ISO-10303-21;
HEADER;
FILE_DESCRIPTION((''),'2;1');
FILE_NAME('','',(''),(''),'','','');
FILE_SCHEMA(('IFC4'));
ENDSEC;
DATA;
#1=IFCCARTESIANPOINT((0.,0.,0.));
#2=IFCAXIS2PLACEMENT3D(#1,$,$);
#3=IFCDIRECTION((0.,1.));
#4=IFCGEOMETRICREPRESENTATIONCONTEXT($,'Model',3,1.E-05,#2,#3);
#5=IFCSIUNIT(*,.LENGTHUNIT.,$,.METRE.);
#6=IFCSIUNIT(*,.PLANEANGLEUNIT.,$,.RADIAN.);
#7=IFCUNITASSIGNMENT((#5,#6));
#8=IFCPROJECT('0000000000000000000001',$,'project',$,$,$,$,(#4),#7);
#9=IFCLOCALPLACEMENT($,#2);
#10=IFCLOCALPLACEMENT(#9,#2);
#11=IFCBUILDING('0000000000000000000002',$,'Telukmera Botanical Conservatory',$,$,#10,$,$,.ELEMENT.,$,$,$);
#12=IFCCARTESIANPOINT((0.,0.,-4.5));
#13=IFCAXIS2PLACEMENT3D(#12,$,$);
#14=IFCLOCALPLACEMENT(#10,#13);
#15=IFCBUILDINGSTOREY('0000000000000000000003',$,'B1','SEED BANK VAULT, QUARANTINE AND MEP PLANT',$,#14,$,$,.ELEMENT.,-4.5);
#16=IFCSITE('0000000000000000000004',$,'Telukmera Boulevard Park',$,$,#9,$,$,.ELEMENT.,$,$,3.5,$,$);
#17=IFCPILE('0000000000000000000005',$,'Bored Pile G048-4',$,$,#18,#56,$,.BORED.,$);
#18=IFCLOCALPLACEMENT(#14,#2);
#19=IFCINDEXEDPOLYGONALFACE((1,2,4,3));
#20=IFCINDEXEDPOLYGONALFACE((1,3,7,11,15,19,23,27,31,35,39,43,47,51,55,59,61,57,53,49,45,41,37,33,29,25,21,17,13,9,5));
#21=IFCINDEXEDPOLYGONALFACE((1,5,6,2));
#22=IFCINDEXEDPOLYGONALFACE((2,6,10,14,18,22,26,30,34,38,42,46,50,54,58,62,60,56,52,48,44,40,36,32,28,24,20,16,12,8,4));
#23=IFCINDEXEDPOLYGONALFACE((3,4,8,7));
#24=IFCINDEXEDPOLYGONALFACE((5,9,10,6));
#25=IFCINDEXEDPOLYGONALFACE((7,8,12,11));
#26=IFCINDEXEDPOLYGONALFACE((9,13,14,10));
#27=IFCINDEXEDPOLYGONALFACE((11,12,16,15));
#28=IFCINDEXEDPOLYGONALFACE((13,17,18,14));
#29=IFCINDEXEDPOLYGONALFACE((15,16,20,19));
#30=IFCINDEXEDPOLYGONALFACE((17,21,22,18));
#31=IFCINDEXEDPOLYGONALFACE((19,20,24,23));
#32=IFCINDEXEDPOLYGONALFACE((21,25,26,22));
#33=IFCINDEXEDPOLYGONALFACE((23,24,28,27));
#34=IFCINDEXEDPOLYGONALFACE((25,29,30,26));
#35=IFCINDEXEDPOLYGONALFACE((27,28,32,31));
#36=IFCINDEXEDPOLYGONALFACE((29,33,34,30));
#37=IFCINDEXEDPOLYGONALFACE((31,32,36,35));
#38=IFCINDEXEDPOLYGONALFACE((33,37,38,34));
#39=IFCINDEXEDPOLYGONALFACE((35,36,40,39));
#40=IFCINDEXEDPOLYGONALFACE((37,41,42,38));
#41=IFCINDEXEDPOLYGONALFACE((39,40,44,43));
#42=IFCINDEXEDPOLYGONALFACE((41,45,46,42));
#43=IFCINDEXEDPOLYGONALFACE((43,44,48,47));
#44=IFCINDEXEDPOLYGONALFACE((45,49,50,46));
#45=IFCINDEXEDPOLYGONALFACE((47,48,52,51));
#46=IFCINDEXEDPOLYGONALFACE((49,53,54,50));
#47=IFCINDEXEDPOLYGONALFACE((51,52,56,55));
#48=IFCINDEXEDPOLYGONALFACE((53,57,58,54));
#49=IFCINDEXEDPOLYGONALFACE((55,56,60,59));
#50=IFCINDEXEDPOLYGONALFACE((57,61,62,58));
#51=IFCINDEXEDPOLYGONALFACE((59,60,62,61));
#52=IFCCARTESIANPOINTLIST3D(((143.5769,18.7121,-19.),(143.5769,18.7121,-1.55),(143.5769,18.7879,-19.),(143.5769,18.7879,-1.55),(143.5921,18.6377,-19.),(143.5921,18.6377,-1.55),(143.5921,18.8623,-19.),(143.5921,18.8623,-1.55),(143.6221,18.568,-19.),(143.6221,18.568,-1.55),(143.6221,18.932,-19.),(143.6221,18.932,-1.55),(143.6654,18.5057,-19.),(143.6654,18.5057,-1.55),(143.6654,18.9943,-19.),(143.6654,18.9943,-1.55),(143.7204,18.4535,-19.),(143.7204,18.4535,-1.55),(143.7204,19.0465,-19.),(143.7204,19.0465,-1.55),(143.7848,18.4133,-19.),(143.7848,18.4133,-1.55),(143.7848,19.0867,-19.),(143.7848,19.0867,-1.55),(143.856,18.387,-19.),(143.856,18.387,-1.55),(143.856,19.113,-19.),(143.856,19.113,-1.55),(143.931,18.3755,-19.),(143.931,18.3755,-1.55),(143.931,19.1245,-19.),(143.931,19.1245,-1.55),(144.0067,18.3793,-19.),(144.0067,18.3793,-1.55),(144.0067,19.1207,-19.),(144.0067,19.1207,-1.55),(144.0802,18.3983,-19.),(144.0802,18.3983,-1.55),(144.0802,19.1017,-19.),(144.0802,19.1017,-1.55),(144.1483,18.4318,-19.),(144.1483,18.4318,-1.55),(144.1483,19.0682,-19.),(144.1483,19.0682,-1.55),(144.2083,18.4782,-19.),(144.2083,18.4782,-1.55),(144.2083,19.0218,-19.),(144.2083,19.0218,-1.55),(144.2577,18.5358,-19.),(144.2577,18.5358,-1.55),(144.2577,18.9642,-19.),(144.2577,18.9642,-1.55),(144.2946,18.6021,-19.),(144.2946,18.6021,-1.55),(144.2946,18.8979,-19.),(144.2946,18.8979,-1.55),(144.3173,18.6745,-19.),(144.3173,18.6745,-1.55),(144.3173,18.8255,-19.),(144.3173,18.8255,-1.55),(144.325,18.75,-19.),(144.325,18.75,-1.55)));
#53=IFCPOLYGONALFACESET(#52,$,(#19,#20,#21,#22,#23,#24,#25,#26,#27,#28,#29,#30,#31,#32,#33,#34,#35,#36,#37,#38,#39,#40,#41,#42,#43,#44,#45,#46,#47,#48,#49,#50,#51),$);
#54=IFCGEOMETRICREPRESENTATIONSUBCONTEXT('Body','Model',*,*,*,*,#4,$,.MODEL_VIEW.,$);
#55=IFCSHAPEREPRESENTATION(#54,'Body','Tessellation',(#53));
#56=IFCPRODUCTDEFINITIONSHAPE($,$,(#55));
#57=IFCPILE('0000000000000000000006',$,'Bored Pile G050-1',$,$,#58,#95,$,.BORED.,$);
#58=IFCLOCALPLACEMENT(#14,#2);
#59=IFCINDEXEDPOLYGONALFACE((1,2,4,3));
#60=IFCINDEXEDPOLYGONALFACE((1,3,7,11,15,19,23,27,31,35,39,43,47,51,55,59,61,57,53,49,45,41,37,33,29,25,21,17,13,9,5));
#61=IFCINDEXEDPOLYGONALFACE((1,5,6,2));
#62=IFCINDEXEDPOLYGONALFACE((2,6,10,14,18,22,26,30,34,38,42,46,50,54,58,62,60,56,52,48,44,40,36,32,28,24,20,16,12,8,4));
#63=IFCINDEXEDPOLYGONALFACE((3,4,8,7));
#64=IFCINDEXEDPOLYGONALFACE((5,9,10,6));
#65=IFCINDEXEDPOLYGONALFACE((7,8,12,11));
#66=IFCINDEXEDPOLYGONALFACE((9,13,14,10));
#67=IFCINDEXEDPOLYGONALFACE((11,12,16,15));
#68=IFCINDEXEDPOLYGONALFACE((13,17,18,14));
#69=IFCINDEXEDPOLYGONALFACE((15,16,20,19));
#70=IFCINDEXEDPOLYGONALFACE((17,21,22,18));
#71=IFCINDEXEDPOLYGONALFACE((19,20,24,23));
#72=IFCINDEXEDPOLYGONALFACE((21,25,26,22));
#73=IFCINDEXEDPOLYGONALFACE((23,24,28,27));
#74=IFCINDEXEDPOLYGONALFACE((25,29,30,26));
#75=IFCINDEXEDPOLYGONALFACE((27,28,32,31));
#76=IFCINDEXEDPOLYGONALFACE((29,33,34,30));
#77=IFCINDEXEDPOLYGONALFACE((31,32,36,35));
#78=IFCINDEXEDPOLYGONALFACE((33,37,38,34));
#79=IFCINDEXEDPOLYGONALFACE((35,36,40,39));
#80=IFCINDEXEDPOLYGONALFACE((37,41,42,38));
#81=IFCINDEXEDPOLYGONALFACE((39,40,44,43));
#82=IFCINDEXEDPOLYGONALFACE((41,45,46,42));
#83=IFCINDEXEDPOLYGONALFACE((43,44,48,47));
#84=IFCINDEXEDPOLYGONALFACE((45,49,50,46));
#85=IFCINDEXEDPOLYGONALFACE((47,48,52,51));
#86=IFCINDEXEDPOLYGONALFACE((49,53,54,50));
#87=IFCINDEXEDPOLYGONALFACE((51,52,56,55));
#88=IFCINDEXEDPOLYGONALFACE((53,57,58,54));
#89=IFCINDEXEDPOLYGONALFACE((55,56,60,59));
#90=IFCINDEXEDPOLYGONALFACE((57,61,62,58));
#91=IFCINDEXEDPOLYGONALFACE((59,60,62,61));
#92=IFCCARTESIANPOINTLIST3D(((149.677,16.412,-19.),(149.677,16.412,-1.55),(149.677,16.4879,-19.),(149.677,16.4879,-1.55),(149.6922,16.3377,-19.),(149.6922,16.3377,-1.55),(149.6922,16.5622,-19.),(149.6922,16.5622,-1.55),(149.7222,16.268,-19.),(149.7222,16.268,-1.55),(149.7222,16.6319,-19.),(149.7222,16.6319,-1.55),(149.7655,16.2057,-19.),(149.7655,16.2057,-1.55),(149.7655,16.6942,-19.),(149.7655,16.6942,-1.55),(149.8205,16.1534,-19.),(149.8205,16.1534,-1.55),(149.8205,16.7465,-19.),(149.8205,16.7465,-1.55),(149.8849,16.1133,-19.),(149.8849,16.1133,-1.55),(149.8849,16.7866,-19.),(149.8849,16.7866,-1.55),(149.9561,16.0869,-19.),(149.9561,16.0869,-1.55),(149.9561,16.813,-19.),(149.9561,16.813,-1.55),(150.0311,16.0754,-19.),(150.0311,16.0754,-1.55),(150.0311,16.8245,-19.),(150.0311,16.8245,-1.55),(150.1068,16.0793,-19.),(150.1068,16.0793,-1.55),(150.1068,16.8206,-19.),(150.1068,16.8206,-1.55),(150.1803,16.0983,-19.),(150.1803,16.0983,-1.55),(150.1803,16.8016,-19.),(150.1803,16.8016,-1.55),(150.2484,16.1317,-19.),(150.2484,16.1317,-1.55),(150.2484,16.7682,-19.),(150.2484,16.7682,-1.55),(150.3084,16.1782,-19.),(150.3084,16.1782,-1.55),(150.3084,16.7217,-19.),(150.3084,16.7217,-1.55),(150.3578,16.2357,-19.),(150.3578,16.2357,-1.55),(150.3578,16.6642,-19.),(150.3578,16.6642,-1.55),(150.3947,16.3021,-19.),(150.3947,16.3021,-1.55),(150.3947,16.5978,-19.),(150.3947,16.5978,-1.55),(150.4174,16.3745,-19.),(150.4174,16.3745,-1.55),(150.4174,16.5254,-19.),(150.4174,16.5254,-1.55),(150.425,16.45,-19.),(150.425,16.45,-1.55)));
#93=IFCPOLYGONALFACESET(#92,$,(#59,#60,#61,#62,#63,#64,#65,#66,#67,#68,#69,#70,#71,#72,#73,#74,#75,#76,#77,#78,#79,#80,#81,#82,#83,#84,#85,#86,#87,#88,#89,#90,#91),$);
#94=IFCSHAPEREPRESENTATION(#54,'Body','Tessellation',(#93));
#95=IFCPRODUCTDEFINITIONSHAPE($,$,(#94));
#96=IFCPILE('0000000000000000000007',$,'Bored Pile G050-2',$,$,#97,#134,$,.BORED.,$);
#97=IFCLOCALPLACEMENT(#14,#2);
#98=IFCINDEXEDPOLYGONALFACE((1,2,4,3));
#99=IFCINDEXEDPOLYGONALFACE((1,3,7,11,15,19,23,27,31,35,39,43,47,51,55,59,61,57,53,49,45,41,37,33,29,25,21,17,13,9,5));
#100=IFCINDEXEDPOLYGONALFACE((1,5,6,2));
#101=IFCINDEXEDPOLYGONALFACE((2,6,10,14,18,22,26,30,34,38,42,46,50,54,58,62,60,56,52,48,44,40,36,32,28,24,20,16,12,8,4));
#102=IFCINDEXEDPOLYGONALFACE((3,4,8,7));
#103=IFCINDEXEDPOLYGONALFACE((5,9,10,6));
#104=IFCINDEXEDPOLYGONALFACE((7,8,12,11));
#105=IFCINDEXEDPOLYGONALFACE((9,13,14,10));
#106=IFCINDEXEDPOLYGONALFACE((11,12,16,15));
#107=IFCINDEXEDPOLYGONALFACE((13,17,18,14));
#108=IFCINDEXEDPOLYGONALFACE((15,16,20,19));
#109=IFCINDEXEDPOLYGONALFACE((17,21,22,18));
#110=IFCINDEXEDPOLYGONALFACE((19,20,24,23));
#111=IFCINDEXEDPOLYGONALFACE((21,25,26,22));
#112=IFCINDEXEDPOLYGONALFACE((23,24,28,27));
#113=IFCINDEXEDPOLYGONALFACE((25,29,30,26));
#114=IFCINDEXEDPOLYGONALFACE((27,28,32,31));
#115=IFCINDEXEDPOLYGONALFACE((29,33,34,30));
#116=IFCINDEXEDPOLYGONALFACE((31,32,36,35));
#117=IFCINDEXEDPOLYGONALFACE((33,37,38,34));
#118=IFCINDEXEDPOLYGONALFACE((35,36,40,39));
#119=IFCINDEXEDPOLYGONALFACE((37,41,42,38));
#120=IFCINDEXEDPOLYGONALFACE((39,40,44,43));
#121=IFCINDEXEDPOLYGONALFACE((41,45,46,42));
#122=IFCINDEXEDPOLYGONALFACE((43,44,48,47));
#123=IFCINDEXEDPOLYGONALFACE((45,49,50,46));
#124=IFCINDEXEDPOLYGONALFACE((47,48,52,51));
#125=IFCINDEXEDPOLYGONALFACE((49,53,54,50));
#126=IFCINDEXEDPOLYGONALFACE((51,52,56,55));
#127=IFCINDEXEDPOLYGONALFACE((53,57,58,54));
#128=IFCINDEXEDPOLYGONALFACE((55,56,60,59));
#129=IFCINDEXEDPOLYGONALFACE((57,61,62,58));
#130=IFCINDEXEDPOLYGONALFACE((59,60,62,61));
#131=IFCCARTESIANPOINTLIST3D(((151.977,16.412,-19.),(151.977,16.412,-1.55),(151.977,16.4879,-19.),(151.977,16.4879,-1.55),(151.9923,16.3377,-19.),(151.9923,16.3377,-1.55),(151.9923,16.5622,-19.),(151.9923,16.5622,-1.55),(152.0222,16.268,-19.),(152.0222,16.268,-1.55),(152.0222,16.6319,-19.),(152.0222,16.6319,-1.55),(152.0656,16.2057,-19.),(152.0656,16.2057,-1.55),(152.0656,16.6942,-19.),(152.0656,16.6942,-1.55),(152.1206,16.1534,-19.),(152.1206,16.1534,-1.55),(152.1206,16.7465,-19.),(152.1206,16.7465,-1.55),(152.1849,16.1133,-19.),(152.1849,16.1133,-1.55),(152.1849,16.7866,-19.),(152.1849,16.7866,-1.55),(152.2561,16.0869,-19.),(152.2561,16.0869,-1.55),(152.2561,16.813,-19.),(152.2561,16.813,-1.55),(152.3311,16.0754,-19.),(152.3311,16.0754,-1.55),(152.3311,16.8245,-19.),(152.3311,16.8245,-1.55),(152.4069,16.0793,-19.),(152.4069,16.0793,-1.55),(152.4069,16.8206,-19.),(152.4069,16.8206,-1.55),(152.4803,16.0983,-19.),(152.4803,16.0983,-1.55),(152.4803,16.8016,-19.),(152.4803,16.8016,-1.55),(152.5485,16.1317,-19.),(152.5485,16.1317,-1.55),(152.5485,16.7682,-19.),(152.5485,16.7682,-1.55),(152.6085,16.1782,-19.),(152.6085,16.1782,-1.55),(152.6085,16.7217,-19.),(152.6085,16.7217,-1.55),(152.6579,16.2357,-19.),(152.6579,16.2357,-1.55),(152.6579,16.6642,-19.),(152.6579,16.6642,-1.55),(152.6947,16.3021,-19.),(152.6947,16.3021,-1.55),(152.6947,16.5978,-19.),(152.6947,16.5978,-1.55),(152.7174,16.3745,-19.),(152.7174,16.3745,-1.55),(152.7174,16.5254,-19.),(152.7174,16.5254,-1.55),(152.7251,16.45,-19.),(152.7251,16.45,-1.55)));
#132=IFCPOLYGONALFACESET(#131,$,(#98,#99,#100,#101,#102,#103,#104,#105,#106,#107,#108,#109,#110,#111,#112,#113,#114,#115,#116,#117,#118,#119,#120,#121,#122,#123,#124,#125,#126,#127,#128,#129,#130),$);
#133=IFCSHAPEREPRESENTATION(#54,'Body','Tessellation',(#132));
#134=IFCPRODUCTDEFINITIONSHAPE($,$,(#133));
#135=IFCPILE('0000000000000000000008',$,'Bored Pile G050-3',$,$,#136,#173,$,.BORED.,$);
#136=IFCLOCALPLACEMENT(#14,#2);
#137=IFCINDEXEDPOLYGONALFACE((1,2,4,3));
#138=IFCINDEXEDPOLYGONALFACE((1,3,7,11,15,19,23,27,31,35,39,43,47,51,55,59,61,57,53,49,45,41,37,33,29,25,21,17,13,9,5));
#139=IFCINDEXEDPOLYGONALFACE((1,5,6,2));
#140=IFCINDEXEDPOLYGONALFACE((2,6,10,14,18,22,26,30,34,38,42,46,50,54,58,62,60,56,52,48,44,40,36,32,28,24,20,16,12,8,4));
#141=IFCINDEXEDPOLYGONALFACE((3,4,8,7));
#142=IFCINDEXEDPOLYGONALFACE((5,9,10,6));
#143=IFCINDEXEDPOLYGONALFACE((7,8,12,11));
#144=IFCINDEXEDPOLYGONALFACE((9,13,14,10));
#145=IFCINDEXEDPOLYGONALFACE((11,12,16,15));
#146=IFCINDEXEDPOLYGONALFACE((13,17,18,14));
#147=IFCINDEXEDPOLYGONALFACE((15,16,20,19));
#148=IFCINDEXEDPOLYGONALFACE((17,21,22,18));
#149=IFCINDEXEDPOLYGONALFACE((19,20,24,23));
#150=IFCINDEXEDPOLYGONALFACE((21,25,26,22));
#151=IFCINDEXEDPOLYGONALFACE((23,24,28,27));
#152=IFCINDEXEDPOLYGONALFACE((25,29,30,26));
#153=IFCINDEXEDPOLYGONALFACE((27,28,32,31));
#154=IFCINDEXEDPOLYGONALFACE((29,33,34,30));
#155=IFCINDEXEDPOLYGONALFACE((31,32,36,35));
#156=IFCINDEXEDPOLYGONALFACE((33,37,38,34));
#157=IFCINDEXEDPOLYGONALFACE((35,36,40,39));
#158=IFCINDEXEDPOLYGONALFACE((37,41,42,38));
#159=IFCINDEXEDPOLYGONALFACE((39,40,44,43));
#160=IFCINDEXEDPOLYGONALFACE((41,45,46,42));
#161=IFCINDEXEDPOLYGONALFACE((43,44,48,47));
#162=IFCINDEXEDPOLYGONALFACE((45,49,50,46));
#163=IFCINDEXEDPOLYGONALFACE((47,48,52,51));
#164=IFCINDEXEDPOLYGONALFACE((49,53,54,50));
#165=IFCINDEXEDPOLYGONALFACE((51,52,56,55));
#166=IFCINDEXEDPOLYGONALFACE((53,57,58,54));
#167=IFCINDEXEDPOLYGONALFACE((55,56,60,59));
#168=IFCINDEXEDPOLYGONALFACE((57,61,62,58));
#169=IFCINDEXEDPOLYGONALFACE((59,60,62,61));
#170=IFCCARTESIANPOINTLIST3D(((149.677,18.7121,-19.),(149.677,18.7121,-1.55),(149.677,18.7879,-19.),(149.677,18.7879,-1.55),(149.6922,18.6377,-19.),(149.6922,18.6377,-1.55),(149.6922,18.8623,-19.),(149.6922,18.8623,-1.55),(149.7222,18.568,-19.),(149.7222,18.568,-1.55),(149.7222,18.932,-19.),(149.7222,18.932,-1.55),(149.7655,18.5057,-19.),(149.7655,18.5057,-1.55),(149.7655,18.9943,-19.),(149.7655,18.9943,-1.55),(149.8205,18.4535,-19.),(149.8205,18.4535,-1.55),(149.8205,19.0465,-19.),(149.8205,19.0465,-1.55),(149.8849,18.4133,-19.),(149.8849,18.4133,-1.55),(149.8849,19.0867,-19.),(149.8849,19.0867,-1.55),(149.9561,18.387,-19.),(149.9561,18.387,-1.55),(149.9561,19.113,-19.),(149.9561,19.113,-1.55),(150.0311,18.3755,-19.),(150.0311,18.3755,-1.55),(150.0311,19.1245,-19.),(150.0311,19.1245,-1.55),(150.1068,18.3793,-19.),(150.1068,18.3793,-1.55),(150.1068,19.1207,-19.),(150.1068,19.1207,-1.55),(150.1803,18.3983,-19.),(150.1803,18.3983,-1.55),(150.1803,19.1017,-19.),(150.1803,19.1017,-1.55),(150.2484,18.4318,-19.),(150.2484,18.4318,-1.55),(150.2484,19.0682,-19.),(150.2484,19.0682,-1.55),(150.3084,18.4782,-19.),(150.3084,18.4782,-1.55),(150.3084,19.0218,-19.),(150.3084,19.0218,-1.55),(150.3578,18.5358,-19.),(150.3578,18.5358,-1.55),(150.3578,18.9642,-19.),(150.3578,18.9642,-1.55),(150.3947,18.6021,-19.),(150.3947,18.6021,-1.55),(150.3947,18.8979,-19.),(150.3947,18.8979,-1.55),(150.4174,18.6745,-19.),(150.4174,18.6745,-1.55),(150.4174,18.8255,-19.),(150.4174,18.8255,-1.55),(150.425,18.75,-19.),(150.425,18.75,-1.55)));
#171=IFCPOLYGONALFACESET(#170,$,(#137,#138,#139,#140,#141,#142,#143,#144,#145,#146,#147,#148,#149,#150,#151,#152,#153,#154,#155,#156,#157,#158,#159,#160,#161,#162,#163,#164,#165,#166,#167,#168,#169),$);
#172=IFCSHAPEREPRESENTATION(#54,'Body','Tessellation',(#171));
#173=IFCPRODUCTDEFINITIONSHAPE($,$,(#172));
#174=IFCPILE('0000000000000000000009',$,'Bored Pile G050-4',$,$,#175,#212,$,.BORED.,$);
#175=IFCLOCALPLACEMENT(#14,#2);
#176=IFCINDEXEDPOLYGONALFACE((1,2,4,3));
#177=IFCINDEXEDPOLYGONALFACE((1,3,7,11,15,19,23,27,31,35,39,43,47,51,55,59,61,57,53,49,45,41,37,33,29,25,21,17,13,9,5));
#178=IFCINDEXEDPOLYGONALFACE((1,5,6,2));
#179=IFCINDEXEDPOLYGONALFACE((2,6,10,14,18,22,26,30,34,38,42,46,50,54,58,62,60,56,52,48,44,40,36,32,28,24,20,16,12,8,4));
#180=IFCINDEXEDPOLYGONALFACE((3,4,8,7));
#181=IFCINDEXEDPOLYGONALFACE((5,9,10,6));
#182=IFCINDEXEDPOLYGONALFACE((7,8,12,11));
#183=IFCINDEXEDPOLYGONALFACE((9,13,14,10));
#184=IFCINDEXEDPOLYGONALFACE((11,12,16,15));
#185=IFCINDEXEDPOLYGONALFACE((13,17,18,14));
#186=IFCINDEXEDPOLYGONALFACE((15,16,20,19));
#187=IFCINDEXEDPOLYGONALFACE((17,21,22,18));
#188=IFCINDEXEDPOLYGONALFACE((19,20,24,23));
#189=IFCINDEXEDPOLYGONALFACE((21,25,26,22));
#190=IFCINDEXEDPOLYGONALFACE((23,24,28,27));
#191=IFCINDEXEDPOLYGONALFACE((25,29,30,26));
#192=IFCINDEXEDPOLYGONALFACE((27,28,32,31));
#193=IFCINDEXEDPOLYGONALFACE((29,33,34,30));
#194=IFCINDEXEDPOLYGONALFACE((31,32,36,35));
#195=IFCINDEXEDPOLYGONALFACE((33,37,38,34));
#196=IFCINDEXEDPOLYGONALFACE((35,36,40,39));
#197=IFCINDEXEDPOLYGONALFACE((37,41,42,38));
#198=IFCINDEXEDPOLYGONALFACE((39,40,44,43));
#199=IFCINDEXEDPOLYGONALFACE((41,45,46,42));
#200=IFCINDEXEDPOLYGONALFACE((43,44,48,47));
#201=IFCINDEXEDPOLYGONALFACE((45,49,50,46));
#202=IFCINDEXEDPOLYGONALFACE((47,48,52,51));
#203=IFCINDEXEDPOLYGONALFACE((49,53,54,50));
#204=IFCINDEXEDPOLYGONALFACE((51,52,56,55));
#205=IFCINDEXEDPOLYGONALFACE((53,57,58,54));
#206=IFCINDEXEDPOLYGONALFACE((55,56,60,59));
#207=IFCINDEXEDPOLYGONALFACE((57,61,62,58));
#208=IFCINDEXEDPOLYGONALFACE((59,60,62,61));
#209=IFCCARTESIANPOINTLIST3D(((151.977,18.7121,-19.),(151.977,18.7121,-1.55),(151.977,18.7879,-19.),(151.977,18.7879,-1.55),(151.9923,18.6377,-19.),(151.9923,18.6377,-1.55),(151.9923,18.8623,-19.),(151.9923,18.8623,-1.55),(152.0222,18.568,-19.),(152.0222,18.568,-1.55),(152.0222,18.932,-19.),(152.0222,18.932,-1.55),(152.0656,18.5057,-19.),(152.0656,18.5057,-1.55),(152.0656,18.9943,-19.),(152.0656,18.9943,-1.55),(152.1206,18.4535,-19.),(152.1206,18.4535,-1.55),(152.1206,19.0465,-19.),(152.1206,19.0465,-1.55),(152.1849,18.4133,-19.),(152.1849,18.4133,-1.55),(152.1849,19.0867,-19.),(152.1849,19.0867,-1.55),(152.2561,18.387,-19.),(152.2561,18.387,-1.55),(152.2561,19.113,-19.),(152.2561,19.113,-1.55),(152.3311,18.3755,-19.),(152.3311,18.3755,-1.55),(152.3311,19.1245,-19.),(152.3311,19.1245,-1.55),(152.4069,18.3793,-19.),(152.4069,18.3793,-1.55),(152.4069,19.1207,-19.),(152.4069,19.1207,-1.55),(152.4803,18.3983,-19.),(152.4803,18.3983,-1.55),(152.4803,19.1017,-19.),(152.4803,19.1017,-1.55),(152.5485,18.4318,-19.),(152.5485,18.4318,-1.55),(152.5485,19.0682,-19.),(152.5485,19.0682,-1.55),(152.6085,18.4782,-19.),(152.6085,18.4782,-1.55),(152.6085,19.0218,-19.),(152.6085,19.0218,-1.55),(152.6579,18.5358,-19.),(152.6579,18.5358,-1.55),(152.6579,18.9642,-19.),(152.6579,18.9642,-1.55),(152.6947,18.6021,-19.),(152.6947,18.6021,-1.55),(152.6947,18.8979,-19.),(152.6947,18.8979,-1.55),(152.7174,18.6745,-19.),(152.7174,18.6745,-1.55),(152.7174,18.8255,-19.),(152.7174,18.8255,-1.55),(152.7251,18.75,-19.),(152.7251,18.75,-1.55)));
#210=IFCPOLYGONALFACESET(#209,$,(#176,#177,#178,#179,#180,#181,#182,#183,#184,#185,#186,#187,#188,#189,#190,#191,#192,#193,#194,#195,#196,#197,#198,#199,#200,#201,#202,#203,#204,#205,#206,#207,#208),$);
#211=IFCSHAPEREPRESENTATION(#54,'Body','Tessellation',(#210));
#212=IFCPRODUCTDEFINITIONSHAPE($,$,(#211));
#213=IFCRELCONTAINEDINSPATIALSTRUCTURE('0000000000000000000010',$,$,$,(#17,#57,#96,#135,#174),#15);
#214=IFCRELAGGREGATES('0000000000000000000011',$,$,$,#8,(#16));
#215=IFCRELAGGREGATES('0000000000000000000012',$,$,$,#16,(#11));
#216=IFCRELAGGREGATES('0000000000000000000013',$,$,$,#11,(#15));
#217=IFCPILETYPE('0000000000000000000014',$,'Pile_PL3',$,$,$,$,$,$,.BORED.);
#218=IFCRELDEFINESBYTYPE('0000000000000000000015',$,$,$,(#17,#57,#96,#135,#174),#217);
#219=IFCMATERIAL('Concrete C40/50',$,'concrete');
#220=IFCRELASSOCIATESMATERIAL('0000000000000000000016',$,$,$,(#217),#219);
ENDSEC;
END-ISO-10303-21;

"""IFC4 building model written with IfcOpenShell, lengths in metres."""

from ifc_helpers import new_model, si_unit, direction, frame, origin, origin_2d, place, context, subcontext, project, spatial, circle, extrude, material, material_profile, profile_set, type_object, element, save


model = new_model("IFC4")

# Units and contexts
model_context = context("Model", 3, precision=1e-05, world=origin(), true_north=direction((0.0, 1.0)))
body_context = subcontext(model_context, "Body", "Model", "MODEL_VIEW")
ifc_project = project(units=[si_unit("LENGTHUNIT", "METRE"), si_unit("PLANEANGLEUNIT", "RADIAN")], contexts=[model_context])

# Site, building, storey
site_placement = place(None, origin())
site = spatial("IfcSite", under=ifc_project, at=site_placement, Name="Telukmera Boulevard Park", CompositionType="ELEMENT", RefElevation=3.5)
building_placement = place(site_placement, origin())
building = spatial("IfcBuilding", under=site, at=building_placement, Name="Telukmera Botanical Conservatory", CompositionType="ELEMENT")
storey_placement = place(building_placement, frame((0.0, 0.0, -4.5)))
storey = spatial("IfcBuildingStorey", under=building, at=storey_placement, Name="B1", Description="SEED BANK VAULT, QUARANTINE AND MEP PLANT", CompositionType="ELEMENT", Elevation=-4.5)

# Shared definitions
ifc_material_1 = material(Name="Concrete C40/50", Category="concrete")

# Piles
ifc_material_profile_1 = material_profile(ifc_material_1, circle(Radius=0.375, at=origin_2d()), Name="PILE D750")
ifc_profile_set_1 = profile_set([ifc_material_profile_1], Name="Concrete C40/50")
pile_type = type_object("IfcPileType", Name="Pile_PL3", PredefinedType="BORED", material=ifc_profile_set_1)
for number, where, z_axis, x_axis, name in (
    (1, (143.95, 18.75, -1.55), (0.0, 0.0, -1.0), (1.0, 0.0, 0.0), "Bored Pile G048-4"),
    (2, (150.05, 16.45, -1.55), (0.0, 0.0, -1.0), (1.0, 0.0, 0.0), "Bored Pile G050-1"),
    (3, (152.3501, 16.45, -1.55), (0.0, 0.0, -1.0), (1.0, 0.0, 0.0), "Bored Pile G050-2"),
    (4, (150.05, 18.75, -1.55), (0.0, 0.0, -1.0), (1.0, 0.0, 0.0), "Bored Pile G050-3"),
    (5, (152.3501, 18.75, -1.55), (0.0, 0.0, -1.0), (1.0, 0.0, 0.0), "Bored Pile G050-4"),
):
    element("IfcPile", number, at=place(storey_placement, frame(where, z_axis=z_axis, x_axis=x_axis)), inside=storey, type_object=pile_type, Name=name, PredefinedType="BORED", context=body_context, shape_type="SweptSolid", body=[
        extrude(circle(Radius=0.375, at=origin_2d()), origin(), (0.0, 0.0, 1.0), 17.45),
    ])

save(model, "model.ifc")
